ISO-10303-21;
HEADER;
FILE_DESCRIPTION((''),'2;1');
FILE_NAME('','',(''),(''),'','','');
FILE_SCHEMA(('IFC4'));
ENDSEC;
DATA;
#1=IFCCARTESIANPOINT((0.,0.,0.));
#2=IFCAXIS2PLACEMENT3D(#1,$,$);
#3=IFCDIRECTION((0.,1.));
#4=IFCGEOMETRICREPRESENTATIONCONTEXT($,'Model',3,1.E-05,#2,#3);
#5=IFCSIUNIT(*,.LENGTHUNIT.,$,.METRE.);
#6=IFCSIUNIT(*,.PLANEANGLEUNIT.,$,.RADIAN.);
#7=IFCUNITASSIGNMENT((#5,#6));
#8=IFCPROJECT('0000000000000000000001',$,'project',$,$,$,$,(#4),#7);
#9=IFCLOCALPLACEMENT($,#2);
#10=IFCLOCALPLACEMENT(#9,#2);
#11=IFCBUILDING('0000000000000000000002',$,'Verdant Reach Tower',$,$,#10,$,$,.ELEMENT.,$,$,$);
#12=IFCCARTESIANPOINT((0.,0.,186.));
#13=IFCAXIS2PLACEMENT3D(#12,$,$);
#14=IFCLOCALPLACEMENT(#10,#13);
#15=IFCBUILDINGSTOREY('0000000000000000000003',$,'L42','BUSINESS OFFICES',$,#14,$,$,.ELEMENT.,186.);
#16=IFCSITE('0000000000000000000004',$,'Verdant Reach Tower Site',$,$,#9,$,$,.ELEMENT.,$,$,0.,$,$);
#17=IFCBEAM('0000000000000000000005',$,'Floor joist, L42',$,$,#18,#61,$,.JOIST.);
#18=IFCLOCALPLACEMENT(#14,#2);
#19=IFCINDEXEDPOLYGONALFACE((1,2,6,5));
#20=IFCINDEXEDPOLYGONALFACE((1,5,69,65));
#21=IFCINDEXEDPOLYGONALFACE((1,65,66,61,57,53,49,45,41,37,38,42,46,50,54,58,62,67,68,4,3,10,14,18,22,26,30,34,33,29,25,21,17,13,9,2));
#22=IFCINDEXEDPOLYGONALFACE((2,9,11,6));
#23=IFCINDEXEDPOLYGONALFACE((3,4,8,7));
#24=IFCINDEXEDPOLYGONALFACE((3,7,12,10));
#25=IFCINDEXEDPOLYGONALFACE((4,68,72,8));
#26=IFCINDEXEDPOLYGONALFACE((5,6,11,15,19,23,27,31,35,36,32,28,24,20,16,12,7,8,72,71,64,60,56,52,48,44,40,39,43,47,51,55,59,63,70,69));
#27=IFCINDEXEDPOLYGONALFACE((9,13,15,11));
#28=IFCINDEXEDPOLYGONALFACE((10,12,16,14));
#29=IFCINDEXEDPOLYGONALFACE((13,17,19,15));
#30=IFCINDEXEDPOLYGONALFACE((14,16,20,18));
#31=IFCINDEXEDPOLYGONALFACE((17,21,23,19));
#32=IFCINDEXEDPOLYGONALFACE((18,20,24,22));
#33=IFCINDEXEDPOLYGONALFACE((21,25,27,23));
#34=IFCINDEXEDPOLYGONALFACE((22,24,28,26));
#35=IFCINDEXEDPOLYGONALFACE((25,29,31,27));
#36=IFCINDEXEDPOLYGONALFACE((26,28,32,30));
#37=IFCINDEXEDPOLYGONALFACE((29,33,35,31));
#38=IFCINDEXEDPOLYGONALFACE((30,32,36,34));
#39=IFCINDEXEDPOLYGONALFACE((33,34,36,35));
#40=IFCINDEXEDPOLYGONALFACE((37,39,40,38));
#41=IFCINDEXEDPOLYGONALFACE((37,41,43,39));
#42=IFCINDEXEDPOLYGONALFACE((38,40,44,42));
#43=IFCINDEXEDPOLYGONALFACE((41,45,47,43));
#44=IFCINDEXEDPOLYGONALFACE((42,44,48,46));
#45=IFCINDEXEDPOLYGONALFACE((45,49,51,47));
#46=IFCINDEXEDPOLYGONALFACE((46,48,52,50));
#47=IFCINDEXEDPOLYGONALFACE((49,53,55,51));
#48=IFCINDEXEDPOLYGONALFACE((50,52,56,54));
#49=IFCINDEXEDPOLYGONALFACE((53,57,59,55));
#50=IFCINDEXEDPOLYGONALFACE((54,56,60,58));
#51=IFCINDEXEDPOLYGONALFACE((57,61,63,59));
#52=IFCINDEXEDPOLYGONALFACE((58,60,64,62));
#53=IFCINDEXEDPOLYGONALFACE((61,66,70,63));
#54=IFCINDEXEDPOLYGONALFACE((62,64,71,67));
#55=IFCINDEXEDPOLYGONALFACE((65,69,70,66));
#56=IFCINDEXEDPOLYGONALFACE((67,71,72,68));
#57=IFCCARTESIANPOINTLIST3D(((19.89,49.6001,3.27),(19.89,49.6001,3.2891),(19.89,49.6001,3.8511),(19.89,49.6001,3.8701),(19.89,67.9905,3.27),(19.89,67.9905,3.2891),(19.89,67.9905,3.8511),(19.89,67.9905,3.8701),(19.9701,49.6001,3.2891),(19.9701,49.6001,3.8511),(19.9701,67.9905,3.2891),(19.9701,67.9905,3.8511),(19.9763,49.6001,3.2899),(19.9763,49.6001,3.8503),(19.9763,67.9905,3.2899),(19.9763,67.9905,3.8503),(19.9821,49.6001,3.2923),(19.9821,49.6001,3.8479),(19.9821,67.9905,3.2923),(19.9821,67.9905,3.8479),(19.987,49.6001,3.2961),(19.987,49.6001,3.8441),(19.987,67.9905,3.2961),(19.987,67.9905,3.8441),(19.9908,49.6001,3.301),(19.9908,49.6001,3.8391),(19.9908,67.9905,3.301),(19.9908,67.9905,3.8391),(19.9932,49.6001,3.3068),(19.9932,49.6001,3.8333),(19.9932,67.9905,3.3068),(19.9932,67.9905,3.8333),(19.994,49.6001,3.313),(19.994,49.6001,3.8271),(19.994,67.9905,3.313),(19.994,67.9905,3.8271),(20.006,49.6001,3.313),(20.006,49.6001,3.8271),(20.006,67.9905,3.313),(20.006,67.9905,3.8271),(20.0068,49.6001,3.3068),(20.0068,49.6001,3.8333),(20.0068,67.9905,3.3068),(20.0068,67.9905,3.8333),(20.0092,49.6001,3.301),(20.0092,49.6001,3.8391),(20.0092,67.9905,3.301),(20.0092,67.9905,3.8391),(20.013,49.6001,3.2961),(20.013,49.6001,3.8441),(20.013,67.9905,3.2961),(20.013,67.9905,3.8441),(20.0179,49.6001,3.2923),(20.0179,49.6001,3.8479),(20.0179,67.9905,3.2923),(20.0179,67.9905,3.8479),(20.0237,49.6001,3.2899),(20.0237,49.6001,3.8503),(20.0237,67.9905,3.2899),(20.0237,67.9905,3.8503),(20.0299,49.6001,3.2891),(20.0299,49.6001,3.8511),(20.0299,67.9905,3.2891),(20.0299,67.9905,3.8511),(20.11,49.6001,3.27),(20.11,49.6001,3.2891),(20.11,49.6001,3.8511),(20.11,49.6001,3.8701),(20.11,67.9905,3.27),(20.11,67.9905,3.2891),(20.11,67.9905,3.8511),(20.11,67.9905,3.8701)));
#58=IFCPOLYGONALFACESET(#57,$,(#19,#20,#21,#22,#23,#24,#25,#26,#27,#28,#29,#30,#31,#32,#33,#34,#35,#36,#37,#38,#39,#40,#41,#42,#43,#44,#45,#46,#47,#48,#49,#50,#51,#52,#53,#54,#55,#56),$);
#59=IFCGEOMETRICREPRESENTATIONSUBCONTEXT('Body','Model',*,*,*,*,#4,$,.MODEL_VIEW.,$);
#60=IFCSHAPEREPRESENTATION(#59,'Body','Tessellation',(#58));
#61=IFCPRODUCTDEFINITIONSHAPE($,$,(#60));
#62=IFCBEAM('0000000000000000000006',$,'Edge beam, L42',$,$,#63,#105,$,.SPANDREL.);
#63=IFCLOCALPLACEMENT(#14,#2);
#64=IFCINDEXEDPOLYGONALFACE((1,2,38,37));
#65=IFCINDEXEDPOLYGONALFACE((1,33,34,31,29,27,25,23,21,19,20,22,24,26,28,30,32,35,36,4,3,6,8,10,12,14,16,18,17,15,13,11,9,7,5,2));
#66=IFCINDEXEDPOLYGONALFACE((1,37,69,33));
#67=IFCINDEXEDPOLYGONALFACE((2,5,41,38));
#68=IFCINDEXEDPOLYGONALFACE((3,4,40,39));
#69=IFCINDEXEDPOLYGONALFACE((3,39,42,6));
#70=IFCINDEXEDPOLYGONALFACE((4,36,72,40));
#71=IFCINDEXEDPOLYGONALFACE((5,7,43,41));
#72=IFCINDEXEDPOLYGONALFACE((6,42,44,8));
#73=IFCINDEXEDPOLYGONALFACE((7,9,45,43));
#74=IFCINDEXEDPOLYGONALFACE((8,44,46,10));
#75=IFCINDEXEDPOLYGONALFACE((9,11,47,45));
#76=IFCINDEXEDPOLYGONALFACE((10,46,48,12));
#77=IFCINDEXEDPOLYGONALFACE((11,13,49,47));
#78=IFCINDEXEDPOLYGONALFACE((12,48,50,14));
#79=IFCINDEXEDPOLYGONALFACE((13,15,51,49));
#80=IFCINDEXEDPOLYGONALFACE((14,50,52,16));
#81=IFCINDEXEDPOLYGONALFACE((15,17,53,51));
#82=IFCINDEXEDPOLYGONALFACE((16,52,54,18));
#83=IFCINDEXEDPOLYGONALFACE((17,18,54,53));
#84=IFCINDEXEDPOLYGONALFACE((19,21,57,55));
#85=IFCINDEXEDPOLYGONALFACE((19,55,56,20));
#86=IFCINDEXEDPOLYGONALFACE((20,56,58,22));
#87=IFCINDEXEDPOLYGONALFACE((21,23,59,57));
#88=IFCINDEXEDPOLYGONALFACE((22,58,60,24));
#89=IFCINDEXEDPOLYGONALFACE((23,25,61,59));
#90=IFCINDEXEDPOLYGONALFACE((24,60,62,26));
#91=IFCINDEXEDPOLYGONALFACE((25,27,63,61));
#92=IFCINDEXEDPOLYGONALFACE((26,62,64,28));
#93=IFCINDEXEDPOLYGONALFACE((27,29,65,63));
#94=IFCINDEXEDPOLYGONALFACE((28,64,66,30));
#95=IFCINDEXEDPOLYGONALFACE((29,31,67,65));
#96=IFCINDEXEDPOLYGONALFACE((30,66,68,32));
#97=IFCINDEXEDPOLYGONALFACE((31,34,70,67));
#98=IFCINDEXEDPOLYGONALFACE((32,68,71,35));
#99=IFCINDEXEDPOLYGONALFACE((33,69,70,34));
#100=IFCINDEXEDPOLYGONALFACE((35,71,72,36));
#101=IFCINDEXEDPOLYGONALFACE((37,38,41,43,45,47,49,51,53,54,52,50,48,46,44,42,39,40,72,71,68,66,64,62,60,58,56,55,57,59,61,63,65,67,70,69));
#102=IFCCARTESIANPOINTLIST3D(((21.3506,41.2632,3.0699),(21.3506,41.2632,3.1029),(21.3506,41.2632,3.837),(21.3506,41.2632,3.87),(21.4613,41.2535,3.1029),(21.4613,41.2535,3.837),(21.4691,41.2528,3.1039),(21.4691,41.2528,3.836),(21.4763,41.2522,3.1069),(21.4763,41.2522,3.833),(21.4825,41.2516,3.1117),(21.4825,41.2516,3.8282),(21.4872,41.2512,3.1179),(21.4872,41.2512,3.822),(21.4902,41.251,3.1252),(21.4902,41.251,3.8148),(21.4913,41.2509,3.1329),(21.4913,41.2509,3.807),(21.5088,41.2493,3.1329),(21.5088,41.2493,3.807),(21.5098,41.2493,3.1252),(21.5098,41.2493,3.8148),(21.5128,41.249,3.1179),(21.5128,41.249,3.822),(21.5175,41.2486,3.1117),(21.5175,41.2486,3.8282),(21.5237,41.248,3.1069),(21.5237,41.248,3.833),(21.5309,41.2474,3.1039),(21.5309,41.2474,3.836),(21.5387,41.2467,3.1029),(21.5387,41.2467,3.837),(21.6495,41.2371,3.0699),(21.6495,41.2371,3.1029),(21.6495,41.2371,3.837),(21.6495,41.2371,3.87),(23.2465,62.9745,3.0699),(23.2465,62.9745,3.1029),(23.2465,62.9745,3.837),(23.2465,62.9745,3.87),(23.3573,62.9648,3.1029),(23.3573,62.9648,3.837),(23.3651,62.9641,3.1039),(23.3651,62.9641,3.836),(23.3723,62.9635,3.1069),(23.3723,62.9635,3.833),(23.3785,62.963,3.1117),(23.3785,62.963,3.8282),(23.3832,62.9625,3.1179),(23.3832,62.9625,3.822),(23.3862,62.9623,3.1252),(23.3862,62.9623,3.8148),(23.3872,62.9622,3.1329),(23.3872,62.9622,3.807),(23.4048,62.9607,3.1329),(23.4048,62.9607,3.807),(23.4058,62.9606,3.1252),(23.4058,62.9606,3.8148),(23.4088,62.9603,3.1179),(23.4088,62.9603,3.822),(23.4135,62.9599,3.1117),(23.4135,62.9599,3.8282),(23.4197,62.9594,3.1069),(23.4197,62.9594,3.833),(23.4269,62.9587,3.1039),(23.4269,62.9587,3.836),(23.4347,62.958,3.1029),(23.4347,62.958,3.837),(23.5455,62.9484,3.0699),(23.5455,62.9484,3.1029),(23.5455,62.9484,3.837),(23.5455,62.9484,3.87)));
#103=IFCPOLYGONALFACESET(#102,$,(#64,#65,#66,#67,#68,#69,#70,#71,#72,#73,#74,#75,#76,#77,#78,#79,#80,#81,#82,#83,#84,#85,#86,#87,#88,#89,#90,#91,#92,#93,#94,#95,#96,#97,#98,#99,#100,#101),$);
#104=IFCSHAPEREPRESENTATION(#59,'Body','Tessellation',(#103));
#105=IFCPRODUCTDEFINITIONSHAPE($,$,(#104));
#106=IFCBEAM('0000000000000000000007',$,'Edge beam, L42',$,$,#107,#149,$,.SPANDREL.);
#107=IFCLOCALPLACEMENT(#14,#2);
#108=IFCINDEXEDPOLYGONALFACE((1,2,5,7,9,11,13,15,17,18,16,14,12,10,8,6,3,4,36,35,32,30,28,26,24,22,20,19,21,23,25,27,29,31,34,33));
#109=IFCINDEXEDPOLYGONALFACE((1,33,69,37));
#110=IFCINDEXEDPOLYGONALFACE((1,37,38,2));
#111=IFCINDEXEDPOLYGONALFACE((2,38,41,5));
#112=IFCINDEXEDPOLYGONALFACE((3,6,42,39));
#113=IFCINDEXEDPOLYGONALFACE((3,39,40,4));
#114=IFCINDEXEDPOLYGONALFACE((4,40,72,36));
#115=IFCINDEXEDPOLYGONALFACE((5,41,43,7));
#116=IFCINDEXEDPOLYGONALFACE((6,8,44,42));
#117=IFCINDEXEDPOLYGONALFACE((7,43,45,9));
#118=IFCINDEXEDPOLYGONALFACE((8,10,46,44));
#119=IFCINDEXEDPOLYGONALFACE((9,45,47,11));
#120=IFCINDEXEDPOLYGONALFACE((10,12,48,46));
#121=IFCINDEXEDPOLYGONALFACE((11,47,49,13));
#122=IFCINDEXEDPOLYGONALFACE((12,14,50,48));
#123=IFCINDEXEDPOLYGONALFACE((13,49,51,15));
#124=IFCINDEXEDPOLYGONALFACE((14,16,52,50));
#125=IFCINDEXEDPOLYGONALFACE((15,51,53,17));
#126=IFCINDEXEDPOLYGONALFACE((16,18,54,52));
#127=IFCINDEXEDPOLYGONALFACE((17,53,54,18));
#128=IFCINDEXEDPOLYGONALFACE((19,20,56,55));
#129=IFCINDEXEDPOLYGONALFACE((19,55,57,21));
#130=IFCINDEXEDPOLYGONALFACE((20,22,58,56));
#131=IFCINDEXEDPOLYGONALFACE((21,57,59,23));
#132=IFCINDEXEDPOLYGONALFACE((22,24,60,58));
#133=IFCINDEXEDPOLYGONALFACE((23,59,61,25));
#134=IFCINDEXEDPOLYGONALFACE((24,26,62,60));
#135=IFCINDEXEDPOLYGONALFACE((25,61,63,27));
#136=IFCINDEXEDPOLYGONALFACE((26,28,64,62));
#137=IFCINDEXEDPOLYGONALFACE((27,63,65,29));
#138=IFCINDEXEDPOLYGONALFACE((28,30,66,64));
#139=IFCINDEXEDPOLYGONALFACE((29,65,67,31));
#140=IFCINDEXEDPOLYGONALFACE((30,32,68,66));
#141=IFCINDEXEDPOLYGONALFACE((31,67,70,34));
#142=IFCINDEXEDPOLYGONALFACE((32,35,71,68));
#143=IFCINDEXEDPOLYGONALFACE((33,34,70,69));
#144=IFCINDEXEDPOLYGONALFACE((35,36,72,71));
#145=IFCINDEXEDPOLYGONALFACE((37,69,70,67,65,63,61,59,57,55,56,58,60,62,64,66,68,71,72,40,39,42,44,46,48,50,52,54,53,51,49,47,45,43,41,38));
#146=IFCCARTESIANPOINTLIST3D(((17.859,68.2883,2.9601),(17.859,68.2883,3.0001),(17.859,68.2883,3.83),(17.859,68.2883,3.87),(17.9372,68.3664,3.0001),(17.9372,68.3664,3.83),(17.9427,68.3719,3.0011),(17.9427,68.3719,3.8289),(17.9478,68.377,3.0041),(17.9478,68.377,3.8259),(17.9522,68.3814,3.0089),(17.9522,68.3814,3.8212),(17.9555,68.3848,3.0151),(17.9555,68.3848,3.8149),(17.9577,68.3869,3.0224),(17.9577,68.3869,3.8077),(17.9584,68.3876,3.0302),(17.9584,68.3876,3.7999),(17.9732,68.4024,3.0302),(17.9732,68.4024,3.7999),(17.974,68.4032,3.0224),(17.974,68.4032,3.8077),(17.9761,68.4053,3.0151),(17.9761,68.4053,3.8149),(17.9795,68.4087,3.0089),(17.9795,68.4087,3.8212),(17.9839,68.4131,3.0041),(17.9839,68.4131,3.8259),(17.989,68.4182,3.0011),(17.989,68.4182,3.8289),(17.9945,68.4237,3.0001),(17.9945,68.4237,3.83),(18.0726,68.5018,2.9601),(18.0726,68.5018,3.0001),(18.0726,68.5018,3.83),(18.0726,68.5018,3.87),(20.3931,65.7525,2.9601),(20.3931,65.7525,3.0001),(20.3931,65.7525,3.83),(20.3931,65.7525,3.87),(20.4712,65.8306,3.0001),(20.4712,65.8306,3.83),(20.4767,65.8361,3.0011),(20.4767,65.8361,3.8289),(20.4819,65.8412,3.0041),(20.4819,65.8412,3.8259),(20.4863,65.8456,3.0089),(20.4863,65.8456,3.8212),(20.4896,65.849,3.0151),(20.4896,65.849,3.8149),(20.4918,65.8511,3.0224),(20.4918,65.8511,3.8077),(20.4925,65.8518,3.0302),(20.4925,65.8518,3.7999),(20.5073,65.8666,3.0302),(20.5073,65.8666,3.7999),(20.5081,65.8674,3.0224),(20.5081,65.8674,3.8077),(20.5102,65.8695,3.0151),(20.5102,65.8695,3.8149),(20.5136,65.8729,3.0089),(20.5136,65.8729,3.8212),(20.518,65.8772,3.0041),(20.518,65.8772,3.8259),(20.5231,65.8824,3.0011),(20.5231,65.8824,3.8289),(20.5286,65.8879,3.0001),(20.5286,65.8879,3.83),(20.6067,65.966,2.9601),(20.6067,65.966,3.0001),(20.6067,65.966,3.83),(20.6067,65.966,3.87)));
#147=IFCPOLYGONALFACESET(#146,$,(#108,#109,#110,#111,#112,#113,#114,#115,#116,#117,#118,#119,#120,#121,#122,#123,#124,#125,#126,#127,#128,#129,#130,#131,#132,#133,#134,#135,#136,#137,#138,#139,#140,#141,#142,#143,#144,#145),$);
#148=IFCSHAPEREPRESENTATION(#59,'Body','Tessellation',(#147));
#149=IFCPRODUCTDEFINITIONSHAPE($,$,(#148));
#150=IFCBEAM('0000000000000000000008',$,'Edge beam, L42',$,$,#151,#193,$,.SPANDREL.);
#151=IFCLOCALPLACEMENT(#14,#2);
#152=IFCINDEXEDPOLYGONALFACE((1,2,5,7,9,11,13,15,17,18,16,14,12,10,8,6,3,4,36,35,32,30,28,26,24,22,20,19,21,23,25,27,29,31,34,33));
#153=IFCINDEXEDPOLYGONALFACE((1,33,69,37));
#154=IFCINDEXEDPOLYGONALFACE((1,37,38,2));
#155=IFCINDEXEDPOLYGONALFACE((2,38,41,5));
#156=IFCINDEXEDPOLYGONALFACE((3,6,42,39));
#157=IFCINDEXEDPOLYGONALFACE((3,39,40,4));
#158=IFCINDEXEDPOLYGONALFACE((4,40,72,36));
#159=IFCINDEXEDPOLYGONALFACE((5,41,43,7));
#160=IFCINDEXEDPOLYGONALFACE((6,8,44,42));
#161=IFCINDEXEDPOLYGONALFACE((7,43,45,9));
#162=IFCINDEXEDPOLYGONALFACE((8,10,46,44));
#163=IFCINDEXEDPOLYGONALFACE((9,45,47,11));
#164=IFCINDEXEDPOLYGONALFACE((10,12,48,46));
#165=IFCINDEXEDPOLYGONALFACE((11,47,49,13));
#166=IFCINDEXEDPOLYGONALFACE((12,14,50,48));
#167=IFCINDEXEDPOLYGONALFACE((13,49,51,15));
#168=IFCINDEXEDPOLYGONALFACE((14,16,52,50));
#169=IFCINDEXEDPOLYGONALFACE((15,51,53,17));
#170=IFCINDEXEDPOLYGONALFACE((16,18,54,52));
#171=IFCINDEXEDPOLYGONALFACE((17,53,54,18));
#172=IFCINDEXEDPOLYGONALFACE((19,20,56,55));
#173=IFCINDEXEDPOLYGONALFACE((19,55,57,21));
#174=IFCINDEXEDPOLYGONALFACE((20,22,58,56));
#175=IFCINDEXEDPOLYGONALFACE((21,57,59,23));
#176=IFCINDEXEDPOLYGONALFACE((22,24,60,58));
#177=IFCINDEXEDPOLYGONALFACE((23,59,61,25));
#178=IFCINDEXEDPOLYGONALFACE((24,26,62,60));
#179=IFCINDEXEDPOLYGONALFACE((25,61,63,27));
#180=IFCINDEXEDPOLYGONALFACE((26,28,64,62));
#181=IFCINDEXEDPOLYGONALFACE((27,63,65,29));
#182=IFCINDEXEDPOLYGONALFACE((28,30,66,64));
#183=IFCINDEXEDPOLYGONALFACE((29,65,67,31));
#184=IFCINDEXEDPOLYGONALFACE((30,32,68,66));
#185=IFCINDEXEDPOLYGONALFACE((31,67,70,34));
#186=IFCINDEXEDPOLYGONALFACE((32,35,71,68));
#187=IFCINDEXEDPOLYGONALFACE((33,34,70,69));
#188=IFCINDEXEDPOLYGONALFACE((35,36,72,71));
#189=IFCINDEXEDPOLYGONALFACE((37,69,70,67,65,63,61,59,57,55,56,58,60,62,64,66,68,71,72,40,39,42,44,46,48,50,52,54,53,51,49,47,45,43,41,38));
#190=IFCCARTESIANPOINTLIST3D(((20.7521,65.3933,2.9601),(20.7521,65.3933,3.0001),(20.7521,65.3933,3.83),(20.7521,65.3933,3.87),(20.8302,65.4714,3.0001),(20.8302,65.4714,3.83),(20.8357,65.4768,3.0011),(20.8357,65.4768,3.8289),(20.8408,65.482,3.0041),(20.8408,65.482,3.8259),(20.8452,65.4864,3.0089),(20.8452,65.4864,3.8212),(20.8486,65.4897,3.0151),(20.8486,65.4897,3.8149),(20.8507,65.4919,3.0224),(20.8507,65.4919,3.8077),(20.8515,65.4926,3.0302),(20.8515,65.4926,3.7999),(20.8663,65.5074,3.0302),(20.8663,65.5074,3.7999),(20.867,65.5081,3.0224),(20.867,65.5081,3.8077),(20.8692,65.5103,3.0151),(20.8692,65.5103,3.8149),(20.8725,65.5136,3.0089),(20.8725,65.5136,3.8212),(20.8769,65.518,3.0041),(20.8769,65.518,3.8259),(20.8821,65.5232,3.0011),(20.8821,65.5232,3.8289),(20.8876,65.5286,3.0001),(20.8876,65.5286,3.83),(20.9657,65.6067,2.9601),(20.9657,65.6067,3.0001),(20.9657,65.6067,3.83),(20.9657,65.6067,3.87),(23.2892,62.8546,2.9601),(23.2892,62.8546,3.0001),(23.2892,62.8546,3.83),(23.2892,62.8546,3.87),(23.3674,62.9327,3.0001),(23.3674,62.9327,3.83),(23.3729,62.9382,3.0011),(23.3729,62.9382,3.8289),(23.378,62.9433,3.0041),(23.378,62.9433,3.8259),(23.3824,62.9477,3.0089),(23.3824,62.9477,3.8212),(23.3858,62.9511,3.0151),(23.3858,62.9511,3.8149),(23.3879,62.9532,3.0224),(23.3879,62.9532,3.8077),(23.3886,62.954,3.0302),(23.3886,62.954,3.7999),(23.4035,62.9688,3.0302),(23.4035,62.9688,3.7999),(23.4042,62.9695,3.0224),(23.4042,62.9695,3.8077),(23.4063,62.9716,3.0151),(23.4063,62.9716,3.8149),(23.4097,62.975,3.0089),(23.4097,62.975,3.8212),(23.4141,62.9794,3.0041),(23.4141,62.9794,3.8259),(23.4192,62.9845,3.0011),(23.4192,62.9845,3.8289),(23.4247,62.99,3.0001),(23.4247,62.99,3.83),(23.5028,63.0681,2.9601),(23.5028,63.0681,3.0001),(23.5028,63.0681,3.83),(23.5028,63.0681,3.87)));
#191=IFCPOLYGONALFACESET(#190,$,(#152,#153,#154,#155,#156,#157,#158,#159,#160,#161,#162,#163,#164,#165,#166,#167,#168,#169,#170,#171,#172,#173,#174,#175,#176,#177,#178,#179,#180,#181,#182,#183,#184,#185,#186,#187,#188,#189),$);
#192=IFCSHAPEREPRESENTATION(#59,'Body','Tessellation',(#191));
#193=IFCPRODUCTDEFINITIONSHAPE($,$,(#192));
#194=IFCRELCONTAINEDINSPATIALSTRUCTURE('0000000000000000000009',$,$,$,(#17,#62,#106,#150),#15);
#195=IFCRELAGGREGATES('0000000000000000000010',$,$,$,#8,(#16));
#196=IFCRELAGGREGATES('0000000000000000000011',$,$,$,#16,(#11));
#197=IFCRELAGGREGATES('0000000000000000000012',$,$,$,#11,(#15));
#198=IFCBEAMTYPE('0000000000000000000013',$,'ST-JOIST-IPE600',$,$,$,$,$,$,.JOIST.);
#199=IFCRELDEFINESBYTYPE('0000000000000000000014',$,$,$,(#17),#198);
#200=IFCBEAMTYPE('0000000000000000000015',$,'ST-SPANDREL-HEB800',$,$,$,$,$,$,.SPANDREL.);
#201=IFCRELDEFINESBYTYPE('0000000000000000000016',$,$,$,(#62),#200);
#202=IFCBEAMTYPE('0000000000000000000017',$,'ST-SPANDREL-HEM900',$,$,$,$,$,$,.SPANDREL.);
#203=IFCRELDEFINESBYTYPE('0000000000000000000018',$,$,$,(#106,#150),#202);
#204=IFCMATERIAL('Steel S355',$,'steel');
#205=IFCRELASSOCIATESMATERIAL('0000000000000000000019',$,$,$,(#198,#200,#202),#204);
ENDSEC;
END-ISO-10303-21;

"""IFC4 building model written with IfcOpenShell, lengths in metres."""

from ifc_helpers import new_model, si_unit, direction, frame, origin, origin_2d, place, context, subcontext, project, spatial, i_section, extrude, material, material_profile, profile_set, type_object, element, save


model = new_model("IFC4")

# Units and contexts
model_context = context("Model", 3, precision=1e-05, world=origin(), true_north=direction((0.0, 1.0)))
body_context = subcontext(model_context, "Body", "Model", "MODEL_VIEW")
ifc_project = project(units=[si_unit("LENGTHUNIT", "METRE"), si_unit("PLANEANGLEUNIT", "RADIAN")], contexts=[model_context])

# Site, building, storey
site_placement = place(None, origin())
site = spatial("IfcSite", under=ifc_project, at=site_placement, Name="Verdant Reach Tower Site", CompositionType="ELEMENT", RefElevation=0.0)
building_placement = place(site_placement, origin())
building = spatial("IfcBuilding", under=site, at=building_placement, Name="Verdant Reach Tower", CompositionType="ELEMENT")
storey_placement = place(building_placement, frame((0.0, 0.0, 186.0)))
storey = spatial("IfcBuildingStorey", under=building, at=storey_placement, Name="L42", Description="BUSINESS OFFICES", CompositionType="ELEMENT", Elevation=186.0)

# Beams
ifc_material_1 = material(Name="Steel S355", Category="steel")
ifc_material_profile_1 = material_profile(ifc_material_1, i_section(OverallWidth=0.22, OverallDepth=0.6001, WebThickness=0.012, FlangeThickness=0.019, FilletRadius=0.0239, at=origin_2d()), Name="IPE 600")
ifc_profile_set_1 = profile_set([ifc_material_profile_1], Name="Steel S355")
beam_type_1 = type_object("IfcBeamType", Name="ST-JOIST-IPE600", PredefinedType="JOIST", material=ifc_profile_set_1)
beam_1_placement = place(storey_placement, frame((20.0, 49.6001, 3.5701), z_axis=(0.0, 1.0, 0.0), x_axis=(-1.0, 0.0, 0.0)))
element("IfcBeam", 1, at=beam_1_placement, inside=storey, type_object=beam_type_1, Name="Floor joist, L42", PredefinedType="JOIST", context=body_context, shape_type="SweptSolid", body=[
    extrude(i_section(OverallWidth=0.22, OverallDepth=0.6001, WebThickness=0.012, FlangeThickness=0.019, FilletRadius=0.0239, at=origin_2d()), origin(), (0.0, 0.0, 1.0), 18.3904),
])
ifc_material_profile_2 = material_profile(ifc_material_1, i_section(OverallWidth=0.3, OverallDepth=0.8, WebThickness=0.0176, FlangeThickness=0.033, FilletRadius=0.03, at=origin_2d()), Name="HEB 800")
ifc_profile_set_2 = profile_set([ifc_material_profile_2], Name="Steel S355")
beam_type_2 = type_object("IfcBeamType", Name="ST-SPANDREL-HEB800", PredefinedType="SPANDREL", material=ifc_profile_set_2)
beam_2_placement = place(storey_placement, frame((23.396, 62.9614, 3.47), z_axis=(-0.086996, -0.996209, 0.0), x_axis=(0.996209, -0.086996, 0.0)))
element("IfcBeam", 2, at=beam_2_placement, inside=storey, type_object=beam_type_2, Name="Edge beam, L42", PredefinedType="SPANDREL", context=body_context, shape_type="SweptSolid", body=[
    extrude(i_section(OverallWidth=0.3, OverallDepth=0.8, WebThickness=0.0176, FlangeThickness=0.033, FilletRadius=0.03, at=origin_2d()), origin(), (0.0, 0.0, 1.0), 21.7939),
])
ifc_material_profile_3 = material_profile(ifc_material_1, i_section(OverallWidth=0.302, OverallDepth=0.9099, WebThickness=0.021, FlangeThickness=0.04, FilletRadius=0.03, at=origin_2d()), Name="HEM 900")
ifc_profile_set_3 = profile_set([ifc_material_profile_3], Name="Steel S355")
beam_type_3 = type_object("IfcBeamType", Name="ST-SPANDREL-HEM900", PredefinedType="SPANDREL", material=ifc_profile_set_3)
beam_3_placement = place(storey_placement, frame((17.9658, 68.395, 3.415), z_axis=(0.706868, -0.707345, 0.0), x_axis=(0.707345, 0.706868, 0.0)))
element("IfcBeam", 3, at=beam_3_placement, inside=storey, type_object=beam_type_3, Name="Edge beam, L42", PredefinedType="SPANDREL", context=body_context, shape_type="SweptSolid", body=[
    extrude(i_section(OverallWidth=0.302, OverallDepth=0.9099, WebThickness=0.021, FlangeThickness=0.04, FilletRadius=0.03, at=origin_2d()), origin(), (0.0, 0.0, 1.0), 3.585),
])
beam_4_placement = place(storey_placement, frame((20.8589, 65.5, 3.415), z_axis=(0.706903, -0.707311, 0.0), x_axis=(0.707311, 0.706903, 0.0)))
element("IfcBeam", 4, at=beam_4_placement, inside=storey, type_object=beam_type_3, Name="Edge beam, L42", PredefinedType="SPANDREL", context=body_context, shape_type="SweptSolid", body=[
    extrude(i_section(OverallWidth=0.302, OverallDepth=0.9099, WebThickness=0.021, FlangeThickness=0.04, FilletRadius=0.03, at=origin_2d()), origin(), (0.0, 0.0, 1.0), 3.5891),
])

save(model, "model.ifc")
